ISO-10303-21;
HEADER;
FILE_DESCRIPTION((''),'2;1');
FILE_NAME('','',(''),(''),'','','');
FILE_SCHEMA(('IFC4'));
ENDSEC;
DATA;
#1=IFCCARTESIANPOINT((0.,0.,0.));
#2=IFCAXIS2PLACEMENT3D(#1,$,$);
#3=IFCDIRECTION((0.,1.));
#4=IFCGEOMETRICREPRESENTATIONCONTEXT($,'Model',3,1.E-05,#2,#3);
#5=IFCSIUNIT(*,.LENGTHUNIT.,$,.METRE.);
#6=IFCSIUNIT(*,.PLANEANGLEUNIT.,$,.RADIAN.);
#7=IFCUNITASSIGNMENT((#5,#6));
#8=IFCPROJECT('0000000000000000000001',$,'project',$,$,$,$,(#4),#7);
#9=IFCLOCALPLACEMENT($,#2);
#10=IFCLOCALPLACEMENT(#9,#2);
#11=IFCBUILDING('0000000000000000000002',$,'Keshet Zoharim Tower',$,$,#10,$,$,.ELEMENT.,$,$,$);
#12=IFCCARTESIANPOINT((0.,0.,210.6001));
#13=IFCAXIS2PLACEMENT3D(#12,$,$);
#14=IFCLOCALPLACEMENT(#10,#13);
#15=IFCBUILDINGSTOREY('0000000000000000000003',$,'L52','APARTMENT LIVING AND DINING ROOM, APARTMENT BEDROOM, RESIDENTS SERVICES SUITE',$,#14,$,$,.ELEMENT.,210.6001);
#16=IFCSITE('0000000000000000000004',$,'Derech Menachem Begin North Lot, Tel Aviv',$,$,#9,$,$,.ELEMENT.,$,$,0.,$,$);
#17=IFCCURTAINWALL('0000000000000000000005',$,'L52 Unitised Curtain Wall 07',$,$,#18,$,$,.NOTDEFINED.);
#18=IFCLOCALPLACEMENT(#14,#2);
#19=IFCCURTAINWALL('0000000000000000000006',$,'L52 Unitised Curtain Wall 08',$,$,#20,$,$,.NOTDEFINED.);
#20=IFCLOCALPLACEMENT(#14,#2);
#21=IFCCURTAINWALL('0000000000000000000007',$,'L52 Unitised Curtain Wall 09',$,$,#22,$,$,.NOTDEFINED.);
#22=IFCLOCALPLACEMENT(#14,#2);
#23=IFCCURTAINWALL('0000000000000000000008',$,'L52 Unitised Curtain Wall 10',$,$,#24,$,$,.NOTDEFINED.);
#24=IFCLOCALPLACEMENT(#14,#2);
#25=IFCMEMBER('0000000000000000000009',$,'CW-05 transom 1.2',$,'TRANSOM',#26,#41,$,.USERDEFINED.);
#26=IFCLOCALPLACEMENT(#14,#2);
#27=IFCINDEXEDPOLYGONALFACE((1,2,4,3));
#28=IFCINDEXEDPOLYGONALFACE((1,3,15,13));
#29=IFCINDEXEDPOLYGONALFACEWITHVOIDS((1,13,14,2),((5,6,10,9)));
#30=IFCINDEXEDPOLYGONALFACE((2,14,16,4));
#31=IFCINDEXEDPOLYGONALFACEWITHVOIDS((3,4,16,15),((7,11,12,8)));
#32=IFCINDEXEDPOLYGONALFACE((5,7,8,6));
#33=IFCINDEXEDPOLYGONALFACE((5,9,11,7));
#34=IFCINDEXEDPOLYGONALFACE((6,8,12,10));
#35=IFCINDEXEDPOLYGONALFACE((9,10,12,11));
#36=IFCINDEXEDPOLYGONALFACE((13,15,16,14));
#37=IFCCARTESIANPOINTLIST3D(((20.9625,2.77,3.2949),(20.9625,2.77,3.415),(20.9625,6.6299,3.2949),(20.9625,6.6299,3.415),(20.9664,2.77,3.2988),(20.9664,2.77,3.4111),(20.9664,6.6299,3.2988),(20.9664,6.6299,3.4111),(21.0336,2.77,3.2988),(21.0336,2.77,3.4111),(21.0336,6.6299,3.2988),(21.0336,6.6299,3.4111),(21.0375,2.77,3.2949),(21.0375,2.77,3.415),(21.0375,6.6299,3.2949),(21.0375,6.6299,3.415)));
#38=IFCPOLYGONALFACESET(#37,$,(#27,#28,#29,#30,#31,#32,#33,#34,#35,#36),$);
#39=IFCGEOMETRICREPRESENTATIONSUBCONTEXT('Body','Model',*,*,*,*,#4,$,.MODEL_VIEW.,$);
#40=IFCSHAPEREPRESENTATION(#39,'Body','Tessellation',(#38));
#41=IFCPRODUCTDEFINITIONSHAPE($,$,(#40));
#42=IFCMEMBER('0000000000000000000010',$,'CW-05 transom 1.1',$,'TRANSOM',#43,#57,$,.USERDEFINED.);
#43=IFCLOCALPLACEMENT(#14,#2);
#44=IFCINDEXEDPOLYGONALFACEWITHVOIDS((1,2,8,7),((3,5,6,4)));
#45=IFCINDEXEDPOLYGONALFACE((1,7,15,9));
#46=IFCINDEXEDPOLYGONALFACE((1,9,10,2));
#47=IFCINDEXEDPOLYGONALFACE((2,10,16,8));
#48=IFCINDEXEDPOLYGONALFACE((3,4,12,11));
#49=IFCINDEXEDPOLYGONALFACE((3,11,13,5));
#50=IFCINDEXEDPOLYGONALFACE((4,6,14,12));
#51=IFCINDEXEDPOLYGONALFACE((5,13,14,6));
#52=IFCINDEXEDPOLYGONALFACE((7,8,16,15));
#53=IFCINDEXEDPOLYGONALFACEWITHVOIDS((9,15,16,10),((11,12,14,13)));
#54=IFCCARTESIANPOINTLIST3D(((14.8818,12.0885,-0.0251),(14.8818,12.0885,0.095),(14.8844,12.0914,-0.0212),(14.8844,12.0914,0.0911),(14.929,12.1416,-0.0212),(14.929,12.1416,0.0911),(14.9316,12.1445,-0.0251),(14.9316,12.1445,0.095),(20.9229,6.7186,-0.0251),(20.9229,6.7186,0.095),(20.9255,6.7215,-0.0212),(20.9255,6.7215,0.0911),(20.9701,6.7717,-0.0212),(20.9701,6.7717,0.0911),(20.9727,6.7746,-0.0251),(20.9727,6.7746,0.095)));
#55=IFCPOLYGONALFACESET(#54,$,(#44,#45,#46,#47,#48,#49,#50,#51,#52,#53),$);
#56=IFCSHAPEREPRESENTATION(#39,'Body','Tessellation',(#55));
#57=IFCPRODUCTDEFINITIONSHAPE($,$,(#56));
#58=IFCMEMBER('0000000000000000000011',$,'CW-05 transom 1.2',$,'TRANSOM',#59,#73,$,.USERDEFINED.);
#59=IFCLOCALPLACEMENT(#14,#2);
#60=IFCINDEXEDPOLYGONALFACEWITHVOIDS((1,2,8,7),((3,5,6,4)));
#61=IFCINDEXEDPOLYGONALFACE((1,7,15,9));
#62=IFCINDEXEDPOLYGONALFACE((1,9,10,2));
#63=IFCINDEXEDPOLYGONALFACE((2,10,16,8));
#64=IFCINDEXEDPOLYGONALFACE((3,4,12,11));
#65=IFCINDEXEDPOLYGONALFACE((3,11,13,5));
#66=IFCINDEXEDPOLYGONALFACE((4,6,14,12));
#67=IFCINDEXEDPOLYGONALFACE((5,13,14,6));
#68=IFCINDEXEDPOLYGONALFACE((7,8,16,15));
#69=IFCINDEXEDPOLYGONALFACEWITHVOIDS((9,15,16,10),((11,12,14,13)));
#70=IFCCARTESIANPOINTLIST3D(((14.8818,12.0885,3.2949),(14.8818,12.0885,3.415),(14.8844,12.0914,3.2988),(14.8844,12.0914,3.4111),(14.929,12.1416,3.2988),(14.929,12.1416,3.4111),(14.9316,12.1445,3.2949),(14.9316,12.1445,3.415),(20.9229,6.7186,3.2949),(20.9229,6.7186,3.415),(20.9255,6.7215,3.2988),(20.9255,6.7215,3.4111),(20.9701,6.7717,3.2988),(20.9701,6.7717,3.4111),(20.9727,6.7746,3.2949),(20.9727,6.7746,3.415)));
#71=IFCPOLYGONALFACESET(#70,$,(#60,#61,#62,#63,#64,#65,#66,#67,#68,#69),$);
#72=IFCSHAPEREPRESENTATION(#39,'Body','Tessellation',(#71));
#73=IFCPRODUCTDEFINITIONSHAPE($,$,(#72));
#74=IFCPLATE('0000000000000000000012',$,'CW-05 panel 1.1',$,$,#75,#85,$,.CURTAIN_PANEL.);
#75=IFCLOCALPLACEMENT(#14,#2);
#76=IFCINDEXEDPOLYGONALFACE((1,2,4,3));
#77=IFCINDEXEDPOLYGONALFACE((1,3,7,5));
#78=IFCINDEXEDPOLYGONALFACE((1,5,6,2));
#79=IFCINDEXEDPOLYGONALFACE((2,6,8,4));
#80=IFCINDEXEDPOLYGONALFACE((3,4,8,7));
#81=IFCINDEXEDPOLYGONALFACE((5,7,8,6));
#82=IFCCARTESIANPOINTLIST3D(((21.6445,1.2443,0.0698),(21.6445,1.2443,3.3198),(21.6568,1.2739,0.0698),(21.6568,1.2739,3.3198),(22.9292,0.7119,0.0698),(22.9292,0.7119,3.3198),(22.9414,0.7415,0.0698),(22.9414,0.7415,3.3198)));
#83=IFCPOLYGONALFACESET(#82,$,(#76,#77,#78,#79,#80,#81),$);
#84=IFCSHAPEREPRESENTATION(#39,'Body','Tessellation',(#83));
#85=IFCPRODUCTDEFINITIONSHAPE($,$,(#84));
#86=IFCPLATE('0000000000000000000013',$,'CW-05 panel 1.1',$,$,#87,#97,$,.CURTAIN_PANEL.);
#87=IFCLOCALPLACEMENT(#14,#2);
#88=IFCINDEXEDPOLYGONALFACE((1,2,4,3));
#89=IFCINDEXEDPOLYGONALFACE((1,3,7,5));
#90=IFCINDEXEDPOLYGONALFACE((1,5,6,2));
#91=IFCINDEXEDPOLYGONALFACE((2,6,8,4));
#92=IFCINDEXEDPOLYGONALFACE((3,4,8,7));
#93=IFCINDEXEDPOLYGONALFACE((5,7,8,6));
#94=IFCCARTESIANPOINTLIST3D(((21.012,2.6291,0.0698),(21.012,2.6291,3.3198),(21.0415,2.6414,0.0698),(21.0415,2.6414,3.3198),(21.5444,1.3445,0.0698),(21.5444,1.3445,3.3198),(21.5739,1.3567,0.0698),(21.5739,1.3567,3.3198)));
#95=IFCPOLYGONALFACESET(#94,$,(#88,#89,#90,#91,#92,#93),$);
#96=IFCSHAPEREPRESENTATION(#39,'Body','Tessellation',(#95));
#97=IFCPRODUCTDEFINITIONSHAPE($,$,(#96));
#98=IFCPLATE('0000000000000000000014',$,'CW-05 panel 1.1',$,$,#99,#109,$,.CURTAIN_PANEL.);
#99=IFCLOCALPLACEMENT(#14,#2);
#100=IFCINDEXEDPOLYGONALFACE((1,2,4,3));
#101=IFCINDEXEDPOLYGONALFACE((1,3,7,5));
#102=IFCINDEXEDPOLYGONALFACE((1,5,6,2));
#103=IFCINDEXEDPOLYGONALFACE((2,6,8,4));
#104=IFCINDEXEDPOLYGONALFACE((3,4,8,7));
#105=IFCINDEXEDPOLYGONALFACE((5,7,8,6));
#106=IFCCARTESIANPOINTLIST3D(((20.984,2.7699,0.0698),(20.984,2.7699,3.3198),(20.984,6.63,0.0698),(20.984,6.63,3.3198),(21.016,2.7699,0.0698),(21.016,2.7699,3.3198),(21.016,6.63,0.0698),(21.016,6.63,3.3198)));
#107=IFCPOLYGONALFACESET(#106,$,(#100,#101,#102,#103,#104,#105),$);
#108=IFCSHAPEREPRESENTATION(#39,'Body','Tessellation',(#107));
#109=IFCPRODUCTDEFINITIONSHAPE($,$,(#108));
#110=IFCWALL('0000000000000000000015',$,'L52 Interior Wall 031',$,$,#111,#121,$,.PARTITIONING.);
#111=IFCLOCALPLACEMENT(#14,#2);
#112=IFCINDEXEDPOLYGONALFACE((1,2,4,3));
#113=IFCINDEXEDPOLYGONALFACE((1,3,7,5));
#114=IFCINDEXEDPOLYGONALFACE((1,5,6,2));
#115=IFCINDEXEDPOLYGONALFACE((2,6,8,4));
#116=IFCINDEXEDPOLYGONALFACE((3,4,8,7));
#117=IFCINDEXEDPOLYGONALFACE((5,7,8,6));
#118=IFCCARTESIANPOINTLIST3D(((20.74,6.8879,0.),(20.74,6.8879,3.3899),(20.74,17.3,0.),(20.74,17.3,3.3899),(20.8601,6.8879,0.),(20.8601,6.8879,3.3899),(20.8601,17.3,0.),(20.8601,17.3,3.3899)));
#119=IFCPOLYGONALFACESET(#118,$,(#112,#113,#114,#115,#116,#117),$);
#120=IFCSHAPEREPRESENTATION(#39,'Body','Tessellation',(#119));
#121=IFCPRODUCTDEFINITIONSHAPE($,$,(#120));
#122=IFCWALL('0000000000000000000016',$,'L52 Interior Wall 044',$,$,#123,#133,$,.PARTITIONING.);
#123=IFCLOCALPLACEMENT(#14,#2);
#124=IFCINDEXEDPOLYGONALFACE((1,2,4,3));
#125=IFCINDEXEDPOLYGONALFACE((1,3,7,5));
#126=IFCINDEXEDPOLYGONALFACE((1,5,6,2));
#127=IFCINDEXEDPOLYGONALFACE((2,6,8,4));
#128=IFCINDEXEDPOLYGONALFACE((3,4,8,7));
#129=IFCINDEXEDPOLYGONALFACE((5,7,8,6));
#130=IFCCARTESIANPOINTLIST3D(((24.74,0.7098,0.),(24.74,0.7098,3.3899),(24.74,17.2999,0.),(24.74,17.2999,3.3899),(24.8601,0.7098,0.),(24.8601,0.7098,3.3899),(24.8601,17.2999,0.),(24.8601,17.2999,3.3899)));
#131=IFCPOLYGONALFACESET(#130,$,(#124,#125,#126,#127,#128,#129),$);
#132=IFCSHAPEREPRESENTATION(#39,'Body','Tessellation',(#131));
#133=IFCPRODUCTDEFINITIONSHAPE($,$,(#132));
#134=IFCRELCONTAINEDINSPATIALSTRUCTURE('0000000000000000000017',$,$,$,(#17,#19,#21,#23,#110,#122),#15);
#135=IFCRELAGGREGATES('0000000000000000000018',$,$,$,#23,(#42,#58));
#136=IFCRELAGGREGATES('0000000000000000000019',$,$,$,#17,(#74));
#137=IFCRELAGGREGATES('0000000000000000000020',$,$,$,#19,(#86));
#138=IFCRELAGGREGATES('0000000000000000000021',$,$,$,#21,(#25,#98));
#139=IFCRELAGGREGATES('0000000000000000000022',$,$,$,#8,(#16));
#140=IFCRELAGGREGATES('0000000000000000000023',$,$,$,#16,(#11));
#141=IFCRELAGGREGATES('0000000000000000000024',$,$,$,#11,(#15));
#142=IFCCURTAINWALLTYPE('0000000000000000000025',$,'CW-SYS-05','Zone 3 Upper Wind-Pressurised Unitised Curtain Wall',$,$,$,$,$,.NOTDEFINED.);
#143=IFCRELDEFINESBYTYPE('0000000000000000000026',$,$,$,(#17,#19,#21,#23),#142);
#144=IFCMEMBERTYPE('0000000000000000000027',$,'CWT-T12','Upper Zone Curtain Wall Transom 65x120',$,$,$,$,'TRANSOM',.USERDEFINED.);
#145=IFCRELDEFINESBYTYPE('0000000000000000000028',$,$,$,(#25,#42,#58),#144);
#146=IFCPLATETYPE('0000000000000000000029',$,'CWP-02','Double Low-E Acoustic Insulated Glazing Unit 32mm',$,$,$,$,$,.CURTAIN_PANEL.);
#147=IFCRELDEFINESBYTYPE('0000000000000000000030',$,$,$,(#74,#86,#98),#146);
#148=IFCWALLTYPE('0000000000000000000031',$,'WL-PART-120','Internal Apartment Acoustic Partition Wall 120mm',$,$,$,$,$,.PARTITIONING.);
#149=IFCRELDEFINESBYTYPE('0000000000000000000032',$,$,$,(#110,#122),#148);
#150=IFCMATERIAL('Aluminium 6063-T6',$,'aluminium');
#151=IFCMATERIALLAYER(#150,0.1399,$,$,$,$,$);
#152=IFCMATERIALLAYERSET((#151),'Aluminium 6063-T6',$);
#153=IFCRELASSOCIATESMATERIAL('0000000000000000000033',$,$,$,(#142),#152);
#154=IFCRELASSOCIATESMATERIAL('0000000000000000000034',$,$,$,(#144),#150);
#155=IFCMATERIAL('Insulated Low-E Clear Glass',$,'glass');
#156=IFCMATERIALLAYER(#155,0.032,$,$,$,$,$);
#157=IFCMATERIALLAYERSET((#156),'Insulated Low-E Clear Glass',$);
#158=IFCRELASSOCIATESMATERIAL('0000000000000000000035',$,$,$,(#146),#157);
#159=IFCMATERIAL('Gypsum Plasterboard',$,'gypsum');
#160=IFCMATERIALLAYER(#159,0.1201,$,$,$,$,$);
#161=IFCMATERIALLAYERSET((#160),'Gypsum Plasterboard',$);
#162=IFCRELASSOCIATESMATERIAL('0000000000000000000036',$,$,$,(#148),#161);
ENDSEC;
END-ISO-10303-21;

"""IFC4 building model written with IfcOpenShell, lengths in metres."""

from ifc_helpers import new_model, si_unit, direction, frame, frame_2d, origin, origin_2d, place, context, subcontext, project, spatial, rectangle, hollow_rectangle, extrude, material, layer, layer_set, material_profile, profile_set, type_object, element, aggregate, save


model = new_model("IFC4")

# Units and contexts
model_context = context("Model", 3, precision=1e-05, world=origin(), true_north=direction((0.0, 1.0)))
body_context = subcontext(model_context, "Body", "Model", "MODEL_VIEW")
ifc_project = project(units=[si_unit("LENGTHUNIT", "METRE"), si_unit("PLANEANGLEUNIT", "RADIAN")], contexts=[model_context])

# Site, building, storey
site_placement = place(None, origin())
site = spatial("IfcSite", under=ifc_project, at=site_placement, Name="Derech Menachem Begin North Lot, Tel Aviv", CompositionType="ELEMENT", RefElevation=0.0)
building_placement = place(site_placement, origin())
building = spatial("IfcBuilding", under=site, at=building_placement, Name="Keshet Zoharim Tower", CompositionType="ELEMENT")
storey_placement = place(building_placement, frame((0.0, 0.0, 210.6001)))
storey = spatial("IfcBuildingStorey", under=building, at=storey_placement, Name="L52", Description="APARTMENT LIVING AND DINING ROOM, APARTMENT BEDROOM, RESIDENTS SERVICES SUITE", CompositionType="ELEMENT", Elevation=210.6001)

# Shared definitions
ifc_material_1 = material(Name="Aluminium 6063-T6", Category="aluminium")
ifc_layer_1 = layer(ifc_material_1, 0.1399)
ifc_layer_set_1 = layer_set([ifc_layer_1], Name="Aluminium 6063-T6")
curtain_wall_type = type_object("IfcCurtainWallType", Name="CW-SYS-05", Description="Zone 3 Upper Wind-Pressurised Unitised Curtain Wall", PredefinedType="NOTDEFINED", material=ifc_layer_set_1)

# Curtain walls
curtain_wall_1_placement = place(storey_placement, origin())
curtain_wall_1 = element("IfcCurtainWall", 1, at=curtain_wall_1_placement, inside=storey, type_object=curtain_wall_type, Name="L52 Unitised Curtain Wall 07", PredefinedType="NOTDEFINED")
curtain_wall_2_placement = place(storey_placement, origin())
curtain_wall_2 = element("IfcCurtainWall", 2, at=curtain_wall_2_placement, inside=storey, type_object=curtain_wall_type, Name="L52 Unitised Curtain Wall 08", PredefinedType="NOTDEFINED")
curtain_wall_3_placement = place(storey_placement, origin())
curtain_wall_3 = element("IfcCurtainWall", 3, at=curtain_wall_3_placement, inside=storey, type_object=curtain_wall_type, Name="L52 Unitised Curtain Wall 09", PredefinedType="NOTDEFINED")

# Curtain wall
curtain_wall_4_placement = place(storey_placement, origin())
curtain_wall_4 = element("IfcCurtainWall", 4, at=curtain_wall_4_placement, inside=storey, type_object=curtain_wall_type, Name="L52 Unitised Curtain Wall 10", PredefinedType="NOTDEFINED")

# Members
ifc_material_profile_1 = material_profile(ifc_material_1, hollow_rectangle(XDim=0.075, YDim=0.1201, WallThickness=0.0039, at=origin_2d()), Name="TRN-75x120")
ifc_profile_set_1 = profile_set([ifc_material_profile_1], Name="Aluminium 6063-T6")
member_type_1 = type_object("IfcMemberType", Name="CWT-T12", Description="Upper Zone Curtain Wall Transom 65x120", ElementType="TRANSOM", PredefinedType="USERDEFINED", material=ifc_profile_set_1)
member_1_placement = place(storey_placement, frame((21.0, 2.77, 3.355), z_axis=(0.0, 1.0, 0.0), x_axis=(-1.0, 0.0, 0.0)))
member_1 = element("IfcMember", 5, at=member_1_placement, type_object=member_type_1, Name="CW-05 transom 1.2", ObjectType="TRANSOM", PredefinedType="USERDEFINED", context=body_context, shape_type="SweptSolid", body=[
    extrude(hollow_rectangle(XDim=0.075, YDim=0.1201, WallThickness=0.0039, at=origin_2d()), origin(), (0.0, 0.0, 1.0), 3.8599),
])
member_2_placement = place(storey_placement, frame((20.9478, 6.7466, 0.0349), z_axis=(-0.747404, 0.664369, 0.0), x_axis=(-0.664369, -0.747404, 0.0)))
member_2 = element("IfcMember", 6, at=member_2_placement, type_object=member_type_1, Name="CW-05 transom 1.1", ObjectType="TRANSOM", PredefinedType="USERDEFINED", context=body_context, shape_type="SweptSolid", body=[
    extrude(hollow_rectangle(XDim=0.075, YDim=0.1201, WallThickness=0.0039, at=origin_2d()), origin(), (0.0, 0.0, 1.0), 8.0828),
])
member_3_placement = place(storey_placement, frame((20.9478, 6.7466, 3.355), z_axis=(-0.747404, 0.664369, 0.0), x_axis=(-0.664369, -0.747404, 0.0)))
member_3 = element("IfcMember", 7, at=member_3_placement, type_object=member_type_1, Name="CW-05 transom 1.2", ObjectType="TRANSOM", PredefinedType="USERDEFINED", context=body_context, shape_type="SweptSolid", body=[
    extrude(hollow_rectangle(XDim=0.075, YDim=0.1201, WallThickness=0.0039, at=origin_2d()), origin(), (0.0, 0.0, 1.0), 8.0828),
])
aggregate(curtain_wall_4, [member_2, member_3])

# Plates
ifc_material_2 = material(Name="Insulated Low-E Clear Glass", Category="glass")
ifc_layer_2 = layer(ifc_material_2, 0.032)
ifc_layer_set_2 = layer_set([ifc_layer_2], Name="Insulated Low-E Clear Glass")
plate_type = type_object("IfcPlateType", Name="CWP-02", Description="Double Low-E Acoustic Insulated Glazing Unit 32mm", PredefinedType="CURTAIN_PANEL", material=ifc_layer_set_2)
plate_1_placement = place(storey_placement, frame((22.293, 0.9929, 0.0698), z_axis=(0.0, 0.0, 1.0), x_axis=(-0.92381, 0.382852, 0.0)))
plate_1 = element("IfcPlate", 8, at=plate_1_placement, type_object=plate_type, Name="CW-05 panel 1.1", PredefinedType="CURTAIN_PANEL", context=body_context, shape_type="SweptSolid", body=[
    extrude(rectangle(XDim=1.3906, YDim=0.032, at=origin_2d()), origin(), (0.0, 0.0, 1.0), 3.25),
])
aggregate(curtain_wall_1, [plate_1])
plate_2_placement = place(storey_placement, frame((21.293, 1.9929, 0.0698), z_axis=(0.0, 0.0, 1.0), x_axis=(-0.382852, 0.92381, 0.0)))
plate_2 = element("IfcPlate", 9, at=plate_2_placement, type_object=plate_type, Name="CW-05 panel 1.1", PredefinedType="CURTAIN_PANEL", context=body_context, shape_type="SweptSolid", body=[
    extrude(rectangle(XDim=1.3906, YDim=0.032, at=origin_2d()), origin(), (0.0, 0.0, 1.0), 3.25),
])
aggregate(curtain_wall_2, [plate_2])
plate_3_placement = place(storey_placement, frame((21.0, 4.7, 0.0698), z_axis=(0.0, 0.0, 1.0), x_axis=(0.0, 1.0, 0.0)))
plate_3 = element("IfcPlate", 10, at=plate_3_placement, type_object=plate_type, Name="CW-05 panel 1.1", PredefinedType="CURTAIN_PANEL", context=body_context, shape_type="SweptSolid", body=[
    extrude(rectangle(XDim=3.8601, YDim=0.032, at=origin_2d()), origin(), (0.0, 0.0, 1.0), 3.25),
])
aggregate(curtain_wall_3, [member_1, plate_3])

# Walls
ifc_material_3 = material(Name="Gypsum Plasterboard", Category="gypsum")
ifc_layer_3 = layer(ifc_material_3, 0.1201)
ifc_layer_set_3 = layer_set([ifc_layer_3], Name="Gypsum Plasterboard")
wall_type = type_object("IfcWallType", Name="WL-PART-120", Description="Internal Apartment Acoustic Partition Wall 120mm", PredefinedType="PARTITIONING", material=ifc_layer_set_3)
wall_1_placement = place(storey_placement, frame((20.8, 6.8879, 0.0), z_axis=(0.0, 0.0, 1.0), x_axis=(0.0, 1.0, 0.0)))
element("IfcWall", 11, at=wall_1_placement, inside=storey, type_object=wall_type, Name="L52 Interior Wall 031", PredefinedType="PARTITIONING", context=body_context, shape_type="SweptSolid", body=[
    extrude(rectangle(XDim=10.4121, YDim=0.1201, at=frame_2d((5.2061, 0.0))), origin(), (0.0, 0.0, 1.0), 3.3899),
])
wall_2_placement = place(storey_placement, frame((24.8, 0.71, 0.0), z_axis=(0.0, 0.0, 1.0), x_axis=(0.0, 1.0, 0.0)))
element("IfcWall", 12, at=wall_2_placement, inside=storey, type_object=wall_type, Name="L52 Interior Wall 044", PredefinedType="PARTITIONING", context=body_context, shape_type="SweptSolid", body=[
    extrude(rectangle(XDim=16.5901, YDim=0.1201, at=frame_2d((8.2949, 0.0))), origin(), (0.0, 0.0, 1.0), 3.3899),
])

save(model, "model.ifc")
